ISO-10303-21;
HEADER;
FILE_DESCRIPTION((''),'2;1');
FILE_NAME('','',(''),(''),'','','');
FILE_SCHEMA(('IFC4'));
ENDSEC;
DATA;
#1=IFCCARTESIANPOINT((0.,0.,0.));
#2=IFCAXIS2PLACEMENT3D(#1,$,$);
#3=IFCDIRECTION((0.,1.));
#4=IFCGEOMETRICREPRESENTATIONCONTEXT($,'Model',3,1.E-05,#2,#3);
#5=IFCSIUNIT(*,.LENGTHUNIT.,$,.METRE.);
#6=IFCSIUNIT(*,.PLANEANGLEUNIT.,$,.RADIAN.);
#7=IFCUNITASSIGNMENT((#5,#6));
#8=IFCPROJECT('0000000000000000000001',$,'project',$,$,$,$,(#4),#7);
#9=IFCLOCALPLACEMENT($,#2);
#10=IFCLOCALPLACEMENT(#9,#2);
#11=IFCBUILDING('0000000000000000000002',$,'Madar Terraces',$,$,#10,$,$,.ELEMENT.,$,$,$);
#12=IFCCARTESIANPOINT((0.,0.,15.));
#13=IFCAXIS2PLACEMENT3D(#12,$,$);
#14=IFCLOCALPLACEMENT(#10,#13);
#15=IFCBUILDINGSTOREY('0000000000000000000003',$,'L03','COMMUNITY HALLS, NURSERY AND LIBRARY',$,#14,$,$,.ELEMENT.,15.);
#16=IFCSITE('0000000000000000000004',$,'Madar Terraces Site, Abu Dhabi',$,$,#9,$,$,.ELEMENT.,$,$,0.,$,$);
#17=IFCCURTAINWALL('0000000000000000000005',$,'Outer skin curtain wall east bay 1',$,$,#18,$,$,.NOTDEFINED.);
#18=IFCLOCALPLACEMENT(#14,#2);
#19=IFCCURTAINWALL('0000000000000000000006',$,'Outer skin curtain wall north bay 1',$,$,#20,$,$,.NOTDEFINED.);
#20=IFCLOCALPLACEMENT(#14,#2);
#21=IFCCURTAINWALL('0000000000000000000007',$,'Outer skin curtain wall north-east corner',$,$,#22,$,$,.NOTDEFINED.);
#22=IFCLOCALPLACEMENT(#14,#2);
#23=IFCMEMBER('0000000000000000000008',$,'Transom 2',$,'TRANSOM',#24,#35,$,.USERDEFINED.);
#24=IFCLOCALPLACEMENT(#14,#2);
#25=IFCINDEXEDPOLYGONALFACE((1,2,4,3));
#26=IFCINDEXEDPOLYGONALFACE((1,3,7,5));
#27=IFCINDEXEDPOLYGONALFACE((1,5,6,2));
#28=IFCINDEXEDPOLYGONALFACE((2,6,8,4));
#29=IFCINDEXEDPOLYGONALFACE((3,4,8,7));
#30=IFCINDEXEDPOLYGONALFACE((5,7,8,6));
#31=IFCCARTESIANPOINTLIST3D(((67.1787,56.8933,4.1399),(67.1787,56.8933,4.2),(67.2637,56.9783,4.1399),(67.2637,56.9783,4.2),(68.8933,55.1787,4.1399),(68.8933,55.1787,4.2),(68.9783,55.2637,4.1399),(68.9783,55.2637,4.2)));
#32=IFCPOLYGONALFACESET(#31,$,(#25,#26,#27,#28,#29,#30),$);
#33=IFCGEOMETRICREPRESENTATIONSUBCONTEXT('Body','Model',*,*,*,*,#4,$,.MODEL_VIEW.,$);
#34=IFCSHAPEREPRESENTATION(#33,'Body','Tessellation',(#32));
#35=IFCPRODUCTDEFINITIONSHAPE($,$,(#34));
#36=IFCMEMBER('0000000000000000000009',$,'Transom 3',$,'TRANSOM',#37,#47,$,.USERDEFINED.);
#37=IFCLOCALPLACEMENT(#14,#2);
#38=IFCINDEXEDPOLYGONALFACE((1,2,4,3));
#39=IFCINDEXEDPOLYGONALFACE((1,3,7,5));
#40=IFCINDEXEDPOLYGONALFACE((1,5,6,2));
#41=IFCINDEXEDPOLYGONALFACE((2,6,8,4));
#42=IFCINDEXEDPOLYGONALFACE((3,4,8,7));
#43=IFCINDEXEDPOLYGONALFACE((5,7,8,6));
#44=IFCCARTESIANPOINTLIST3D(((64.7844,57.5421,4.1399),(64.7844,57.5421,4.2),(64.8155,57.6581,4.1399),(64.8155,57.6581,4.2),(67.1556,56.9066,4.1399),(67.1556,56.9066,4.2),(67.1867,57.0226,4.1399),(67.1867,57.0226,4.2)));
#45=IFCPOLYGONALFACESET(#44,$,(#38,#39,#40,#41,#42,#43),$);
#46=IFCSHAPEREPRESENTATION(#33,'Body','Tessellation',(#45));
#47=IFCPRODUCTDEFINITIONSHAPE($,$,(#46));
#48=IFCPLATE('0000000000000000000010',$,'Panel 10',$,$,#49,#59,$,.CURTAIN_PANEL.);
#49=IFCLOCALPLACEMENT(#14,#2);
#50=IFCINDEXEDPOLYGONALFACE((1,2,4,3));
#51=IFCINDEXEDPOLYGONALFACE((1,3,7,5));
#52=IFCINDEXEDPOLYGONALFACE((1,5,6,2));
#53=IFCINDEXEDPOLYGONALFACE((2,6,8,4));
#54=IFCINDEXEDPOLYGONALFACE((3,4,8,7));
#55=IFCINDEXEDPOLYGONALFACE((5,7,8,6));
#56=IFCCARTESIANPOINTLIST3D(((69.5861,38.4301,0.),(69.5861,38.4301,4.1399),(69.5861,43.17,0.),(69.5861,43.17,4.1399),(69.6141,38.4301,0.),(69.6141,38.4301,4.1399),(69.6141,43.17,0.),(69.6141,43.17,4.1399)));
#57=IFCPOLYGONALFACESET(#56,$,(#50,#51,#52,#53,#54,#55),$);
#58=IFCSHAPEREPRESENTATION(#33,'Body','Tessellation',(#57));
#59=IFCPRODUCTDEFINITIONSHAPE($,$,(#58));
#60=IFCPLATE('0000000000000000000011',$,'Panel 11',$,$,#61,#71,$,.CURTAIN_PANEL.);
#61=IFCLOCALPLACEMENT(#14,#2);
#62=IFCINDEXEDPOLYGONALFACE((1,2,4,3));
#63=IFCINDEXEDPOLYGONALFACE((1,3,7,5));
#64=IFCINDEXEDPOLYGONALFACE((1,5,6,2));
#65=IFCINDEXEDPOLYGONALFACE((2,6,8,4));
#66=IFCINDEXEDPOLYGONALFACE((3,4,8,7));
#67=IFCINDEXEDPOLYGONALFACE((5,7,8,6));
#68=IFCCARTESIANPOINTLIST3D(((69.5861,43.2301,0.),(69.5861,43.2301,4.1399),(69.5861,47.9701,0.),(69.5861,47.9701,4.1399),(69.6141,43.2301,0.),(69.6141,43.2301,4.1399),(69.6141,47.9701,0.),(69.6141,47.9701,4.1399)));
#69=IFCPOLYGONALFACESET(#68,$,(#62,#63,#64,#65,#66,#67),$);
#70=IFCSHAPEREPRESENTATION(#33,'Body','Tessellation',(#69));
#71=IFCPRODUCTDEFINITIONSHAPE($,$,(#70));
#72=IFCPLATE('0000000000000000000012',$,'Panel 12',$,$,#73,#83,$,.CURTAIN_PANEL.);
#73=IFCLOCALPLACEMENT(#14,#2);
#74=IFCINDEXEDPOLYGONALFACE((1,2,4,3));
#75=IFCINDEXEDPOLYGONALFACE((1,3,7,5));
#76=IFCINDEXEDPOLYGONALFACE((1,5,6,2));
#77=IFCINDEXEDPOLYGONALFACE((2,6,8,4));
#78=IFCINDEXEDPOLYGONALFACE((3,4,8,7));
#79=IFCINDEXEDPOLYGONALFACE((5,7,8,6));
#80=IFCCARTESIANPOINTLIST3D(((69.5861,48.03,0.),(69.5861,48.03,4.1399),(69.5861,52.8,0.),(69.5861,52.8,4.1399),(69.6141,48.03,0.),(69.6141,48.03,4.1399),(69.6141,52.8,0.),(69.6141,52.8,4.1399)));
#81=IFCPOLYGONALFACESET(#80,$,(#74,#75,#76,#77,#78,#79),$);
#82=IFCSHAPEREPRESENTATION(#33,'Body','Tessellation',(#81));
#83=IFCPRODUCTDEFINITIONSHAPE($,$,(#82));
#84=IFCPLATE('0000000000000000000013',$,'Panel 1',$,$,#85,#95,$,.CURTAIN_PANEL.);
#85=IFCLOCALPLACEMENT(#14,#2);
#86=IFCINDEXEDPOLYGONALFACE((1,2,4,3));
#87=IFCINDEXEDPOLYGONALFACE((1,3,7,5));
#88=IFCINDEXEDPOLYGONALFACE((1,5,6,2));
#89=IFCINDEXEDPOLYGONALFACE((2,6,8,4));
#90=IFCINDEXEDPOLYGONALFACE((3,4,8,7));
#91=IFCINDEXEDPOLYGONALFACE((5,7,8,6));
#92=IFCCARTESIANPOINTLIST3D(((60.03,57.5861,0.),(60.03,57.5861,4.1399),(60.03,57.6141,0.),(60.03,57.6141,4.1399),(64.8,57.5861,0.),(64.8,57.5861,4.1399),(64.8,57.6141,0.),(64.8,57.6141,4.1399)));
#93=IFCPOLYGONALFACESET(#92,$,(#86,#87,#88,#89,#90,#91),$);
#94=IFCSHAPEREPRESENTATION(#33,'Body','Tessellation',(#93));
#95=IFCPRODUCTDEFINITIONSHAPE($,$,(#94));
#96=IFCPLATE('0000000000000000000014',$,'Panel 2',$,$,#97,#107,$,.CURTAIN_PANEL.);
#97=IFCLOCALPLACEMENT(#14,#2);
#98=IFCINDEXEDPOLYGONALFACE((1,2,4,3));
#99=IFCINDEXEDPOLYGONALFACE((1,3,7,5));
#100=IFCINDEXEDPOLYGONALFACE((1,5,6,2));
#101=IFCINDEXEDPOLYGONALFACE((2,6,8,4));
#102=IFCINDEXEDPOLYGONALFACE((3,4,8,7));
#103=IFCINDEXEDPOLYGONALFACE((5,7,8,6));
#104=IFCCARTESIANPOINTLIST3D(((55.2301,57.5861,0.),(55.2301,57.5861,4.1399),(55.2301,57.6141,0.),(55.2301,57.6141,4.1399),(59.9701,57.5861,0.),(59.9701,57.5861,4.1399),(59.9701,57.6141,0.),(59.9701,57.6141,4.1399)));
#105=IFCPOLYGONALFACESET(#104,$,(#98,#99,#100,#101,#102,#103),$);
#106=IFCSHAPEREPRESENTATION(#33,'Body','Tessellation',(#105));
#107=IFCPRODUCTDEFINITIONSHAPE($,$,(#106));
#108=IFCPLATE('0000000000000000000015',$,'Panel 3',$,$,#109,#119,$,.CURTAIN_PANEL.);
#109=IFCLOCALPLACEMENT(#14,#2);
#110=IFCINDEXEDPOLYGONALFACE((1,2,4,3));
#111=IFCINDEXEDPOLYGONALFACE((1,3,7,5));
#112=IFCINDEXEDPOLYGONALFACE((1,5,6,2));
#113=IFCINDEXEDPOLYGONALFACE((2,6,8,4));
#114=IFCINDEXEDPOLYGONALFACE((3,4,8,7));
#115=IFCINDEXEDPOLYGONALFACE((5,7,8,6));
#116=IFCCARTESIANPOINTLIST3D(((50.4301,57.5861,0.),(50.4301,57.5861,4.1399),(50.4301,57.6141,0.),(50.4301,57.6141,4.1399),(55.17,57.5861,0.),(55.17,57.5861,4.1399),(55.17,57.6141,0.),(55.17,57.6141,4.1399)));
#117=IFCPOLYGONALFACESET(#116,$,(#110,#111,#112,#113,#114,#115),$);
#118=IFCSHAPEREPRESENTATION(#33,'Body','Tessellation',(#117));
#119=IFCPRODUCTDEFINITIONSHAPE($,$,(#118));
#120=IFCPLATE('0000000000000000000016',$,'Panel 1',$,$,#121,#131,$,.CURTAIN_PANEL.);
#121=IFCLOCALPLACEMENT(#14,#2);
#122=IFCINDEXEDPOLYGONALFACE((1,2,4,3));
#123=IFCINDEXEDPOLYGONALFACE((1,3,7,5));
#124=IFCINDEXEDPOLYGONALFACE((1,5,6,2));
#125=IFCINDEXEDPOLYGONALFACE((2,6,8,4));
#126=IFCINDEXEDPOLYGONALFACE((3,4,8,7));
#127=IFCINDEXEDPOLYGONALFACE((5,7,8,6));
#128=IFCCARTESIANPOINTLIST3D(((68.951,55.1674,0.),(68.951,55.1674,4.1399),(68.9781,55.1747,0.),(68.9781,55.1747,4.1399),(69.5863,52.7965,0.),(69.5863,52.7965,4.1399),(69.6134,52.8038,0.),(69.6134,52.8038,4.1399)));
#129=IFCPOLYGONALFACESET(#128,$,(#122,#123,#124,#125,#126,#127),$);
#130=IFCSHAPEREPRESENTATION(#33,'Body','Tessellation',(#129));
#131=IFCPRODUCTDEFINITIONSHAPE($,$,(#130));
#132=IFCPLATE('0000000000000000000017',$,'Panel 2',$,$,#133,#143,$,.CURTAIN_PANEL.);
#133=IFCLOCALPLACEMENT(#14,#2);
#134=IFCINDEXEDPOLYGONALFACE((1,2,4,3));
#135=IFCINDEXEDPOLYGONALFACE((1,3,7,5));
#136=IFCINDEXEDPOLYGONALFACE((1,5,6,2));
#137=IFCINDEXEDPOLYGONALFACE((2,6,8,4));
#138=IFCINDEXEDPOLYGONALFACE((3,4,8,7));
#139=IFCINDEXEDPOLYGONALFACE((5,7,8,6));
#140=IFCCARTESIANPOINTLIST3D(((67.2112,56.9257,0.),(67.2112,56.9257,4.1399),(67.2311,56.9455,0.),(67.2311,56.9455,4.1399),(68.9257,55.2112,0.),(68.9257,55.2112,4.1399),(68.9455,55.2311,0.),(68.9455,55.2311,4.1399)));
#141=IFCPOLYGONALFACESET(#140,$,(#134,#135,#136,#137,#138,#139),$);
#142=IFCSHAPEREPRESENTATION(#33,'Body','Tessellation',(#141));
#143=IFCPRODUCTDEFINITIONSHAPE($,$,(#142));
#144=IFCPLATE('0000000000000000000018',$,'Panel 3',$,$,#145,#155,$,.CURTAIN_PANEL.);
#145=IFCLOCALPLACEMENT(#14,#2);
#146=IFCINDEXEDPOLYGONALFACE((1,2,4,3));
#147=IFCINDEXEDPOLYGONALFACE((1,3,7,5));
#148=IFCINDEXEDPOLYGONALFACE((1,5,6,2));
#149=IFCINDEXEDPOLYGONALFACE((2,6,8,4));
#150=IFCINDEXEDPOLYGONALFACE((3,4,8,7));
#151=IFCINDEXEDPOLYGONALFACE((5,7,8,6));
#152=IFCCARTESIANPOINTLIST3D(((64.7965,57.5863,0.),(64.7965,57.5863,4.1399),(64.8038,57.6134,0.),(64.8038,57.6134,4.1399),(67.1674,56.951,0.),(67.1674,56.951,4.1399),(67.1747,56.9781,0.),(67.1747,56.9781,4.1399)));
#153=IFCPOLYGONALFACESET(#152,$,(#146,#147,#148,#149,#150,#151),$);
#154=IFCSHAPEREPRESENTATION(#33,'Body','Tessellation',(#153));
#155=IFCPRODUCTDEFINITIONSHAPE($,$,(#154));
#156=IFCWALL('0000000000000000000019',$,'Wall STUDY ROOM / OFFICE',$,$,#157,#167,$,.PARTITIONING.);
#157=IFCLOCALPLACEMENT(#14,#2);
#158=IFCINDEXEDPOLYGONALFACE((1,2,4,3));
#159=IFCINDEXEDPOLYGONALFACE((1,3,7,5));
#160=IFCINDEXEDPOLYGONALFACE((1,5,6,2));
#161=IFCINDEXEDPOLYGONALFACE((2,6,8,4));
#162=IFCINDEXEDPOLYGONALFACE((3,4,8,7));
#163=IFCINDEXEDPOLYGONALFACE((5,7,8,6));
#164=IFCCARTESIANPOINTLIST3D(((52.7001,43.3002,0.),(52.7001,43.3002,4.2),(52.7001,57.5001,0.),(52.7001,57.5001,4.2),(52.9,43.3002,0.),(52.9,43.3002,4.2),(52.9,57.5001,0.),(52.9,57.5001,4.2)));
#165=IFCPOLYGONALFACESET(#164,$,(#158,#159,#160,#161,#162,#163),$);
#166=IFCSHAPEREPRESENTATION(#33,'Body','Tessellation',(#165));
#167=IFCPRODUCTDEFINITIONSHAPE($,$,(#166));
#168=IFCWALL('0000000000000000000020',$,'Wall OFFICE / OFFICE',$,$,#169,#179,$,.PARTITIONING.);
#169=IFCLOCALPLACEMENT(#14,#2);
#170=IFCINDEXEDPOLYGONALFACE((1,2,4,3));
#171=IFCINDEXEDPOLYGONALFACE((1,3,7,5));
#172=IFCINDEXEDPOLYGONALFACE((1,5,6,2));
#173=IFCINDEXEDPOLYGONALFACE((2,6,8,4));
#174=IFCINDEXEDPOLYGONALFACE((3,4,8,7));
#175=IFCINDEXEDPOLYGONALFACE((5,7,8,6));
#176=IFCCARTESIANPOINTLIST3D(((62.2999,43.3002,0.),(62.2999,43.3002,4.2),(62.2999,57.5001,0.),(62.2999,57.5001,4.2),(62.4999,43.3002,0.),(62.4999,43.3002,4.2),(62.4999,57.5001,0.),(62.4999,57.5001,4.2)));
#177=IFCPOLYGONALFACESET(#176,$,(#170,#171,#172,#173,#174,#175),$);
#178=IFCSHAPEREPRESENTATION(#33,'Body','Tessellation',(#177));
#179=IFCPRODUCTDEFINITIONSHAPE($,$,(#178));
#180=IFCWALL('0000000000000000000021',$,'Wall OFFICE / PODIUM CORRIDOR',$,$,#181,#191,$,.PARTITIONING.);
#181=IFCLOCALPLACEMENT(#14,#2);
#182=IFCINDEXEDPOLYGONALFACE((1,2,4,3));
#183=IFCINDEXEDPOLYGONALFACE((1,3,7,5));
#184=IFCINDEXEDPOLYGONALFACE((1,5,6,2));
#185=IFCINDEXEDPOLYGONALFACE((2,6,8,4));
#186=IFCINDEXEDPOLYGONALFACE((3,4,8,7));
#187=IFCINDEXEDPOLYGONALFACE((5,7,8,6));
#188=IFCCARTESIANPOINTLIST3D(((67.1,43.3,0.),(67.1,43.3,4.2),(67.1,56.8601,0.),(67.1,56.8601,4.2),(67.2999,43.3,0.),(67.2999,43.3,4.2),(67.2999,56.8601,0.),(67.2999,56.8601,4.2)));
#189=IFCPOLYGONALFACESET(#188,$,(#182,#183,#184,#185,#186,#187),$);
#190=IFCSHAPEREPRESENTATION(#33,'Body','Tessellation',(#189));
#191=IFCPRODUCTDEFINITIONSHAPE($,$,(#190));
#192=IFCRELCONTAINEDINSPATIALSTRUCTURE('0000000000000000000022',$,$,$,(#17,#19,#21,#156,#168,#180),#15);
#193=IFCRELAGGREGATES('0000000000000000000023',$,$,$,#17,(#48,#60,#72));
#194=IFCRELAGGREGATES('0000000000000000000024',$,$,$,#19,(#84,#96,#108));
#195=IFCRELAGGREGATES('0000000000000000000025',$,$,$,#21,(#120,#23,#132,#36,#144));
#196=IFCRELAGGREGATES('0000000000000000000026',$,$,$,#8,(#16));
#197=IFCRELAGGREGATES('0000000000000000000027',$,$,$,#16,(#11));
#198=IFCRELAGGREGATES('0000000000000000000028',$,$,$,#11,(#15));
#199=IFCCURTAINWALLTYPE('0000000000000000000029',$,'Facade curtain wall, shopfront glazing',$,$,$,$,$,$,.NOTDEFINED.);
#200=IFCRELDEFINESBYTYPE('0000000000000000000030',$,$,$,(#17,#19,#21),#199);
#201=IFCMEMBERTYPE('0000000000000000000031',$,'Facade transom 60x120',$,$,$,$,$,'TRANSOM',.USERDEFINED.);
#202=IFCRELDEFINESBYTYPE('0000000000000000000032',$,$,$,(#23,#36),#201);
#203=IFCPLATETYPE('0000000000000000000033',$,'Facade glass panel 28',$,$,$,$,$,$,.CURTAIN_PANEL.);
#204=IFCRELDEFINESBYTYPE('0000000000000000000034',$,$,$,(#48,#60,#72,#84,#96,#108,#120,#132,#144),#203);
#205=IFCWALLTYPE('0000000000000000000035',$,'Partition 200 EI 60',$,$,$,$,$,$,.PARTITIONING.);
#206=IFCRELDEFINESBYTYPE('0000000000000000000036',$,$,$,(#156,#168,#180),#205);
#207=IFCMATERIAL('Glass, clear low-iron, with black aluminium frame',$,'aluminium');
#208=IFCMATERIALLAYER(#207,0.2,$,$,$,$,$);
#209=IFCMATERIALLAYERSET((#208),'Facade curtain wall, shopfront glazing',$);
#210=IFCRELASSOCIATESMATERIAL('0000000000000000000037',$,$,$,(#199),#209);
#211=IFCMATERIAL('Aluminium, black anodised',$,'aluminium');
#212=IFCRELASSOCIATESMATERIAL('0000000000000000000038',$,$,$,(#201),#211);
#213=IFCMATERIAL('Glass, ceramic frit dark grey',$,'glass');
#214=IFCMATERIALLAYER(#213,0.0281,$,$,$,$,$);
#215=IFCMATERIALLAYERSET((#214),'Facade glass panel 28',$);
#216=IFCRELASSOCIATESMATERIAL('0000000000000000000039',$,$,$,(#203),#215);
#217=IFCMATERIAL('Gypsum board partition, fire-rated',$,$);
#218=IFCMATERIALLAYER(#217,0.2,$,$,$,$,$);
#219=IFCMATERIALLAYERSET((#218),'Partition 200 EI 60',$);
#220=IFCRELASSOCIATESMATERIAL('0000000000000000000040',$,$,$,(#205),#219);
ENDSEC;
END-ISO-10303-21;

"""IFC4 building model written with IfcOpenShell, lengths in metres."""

from ifc_helpers import new_model, si_unit, direction, frame, frame_2d, origin, origin_2d, place, context, subcontext, project, spatial, rectangle, extrude, material, layer, layer_set, material_profile, profile_set, type_object, element, aggregate, save


model = new_model("IFC4")

# Units and contexts
model_context = context("Model", 3, precision=1e-05, world=origin(), true_north=direction((0.0, 1.0)))
body_context = subcontext(model_context, "Body", "Model", "MODEL_VIEW")
ifc_project = project(units=[si_unit("LENGTHUNIT", "METRE"), si_unit("PLANEANGLEUNIT", "RADIAN")], contexts=[model_context])

# Site, building, storey
site_placement = place(None, origin())
site = spatial("IfcSite", under=ifc_project, at=site_placement, Name="Madar Terraces Site, Abu Dhabi", CompositionType="ELEMENT", RefElevation=0.0)
building_placement = place(site_placement, origin())
building = spatial("IfcBuilding", under=site, at=building_placement, Name="Madar Terraces", CompositionType="ELEMENT")
storey_placement = place(building_placement, frame((0.0, 0.0, 15.0)))
storey = spatial("IfcBuildingStorey", under=building, at=storey_placement, Name="L03", Description="COMMUNITY HALLS, NURSERY AND LIBRARY", CompositionType="ELEMENT", Elevation=15.0)

# Curtain walls
ifc_material_1 = material(Name="Glass, clear low-iron, with black aluminium frame", Category="aluminium")
ifc_layer_1 = layer(ifc_material_1, 0.2)
ifc_layer_set_1 = layer_set([ifc_layer_1], Name="Facade curtain wall, shopfront glazing")
curtain_wall_type = type_object("IfcCurtainWallType", Name="Facade curtain wall, shopfront glazing", PredefinedType="NOTDEFINED", material=ifc_layer_set_1)
curtain_wall_1_placement = place(storey_placement, origin())
curtain_wall_1 = element("IfcCurtainWall", 1, at=curtain_wall_1_placement, inside=storey, type_object=curtain_wall_type, Name="Outer skin curtain wall east bay 1", PredefinedType="NOTDEFINED")
curtain_wall_2_placement = place(storey_placement, origin())
curtain_wall_2 = element("IfcCurtainWall", 2, at=curtain_wall_2_placement, inside=storey, type_object=curtain_wall_type, Name="Outer skin curtain wall north bay 1", PredefinedType="NOTDEFINED")
curtain_wall_3_placement = place(storey_placement, origin())
curtain_wall_3 = element("IfcCurtainWall", 3, at=curtain_wall_3_placement, inside=storey, type_object=curtain_wall_type, Name="Outer skin curtain wall north-east corner", PredefinedType="NOTDEFINED")

# Members
ifc_material_2 = material(Name="Aluminium, black anodised", Category="aluminium")
ifc_material_profile_1 = material_profile(ifc_material_2, rectangle(XDim=0.1201, YDim=0.0601, at=origin_2d()), Name="Facade transom 60x120")
ifc_profile_set_1 = profile_set([ifc_material_profile_1], Name="Aluminium, black anodised")
member_type_1 = type_object("IfcMemberType", Name="Facade transom 60x120", ElementType="TRANSOM", PredefinedType="USERDEFINED", material=ifc_profile_set_1)
member_1_placement = place(storey_placement, frame((68.9358, 55.2212, 4.1699), z_axis=(-0.707107, 0.707107, 0.0), x_axis=(-0.707107, -0.707107, 0.0)))
member_1 = element("IfcMember", 4, at=member_1_placement, type_object=member_type_1, Name="Transom 2", ObjectType="TRANSOM", PredefinedType="USERDEFINED", context=body_context, shape_type="SweptSolid", body=[
    extrude(rectangle(XDim=0.1201, YDim=0.0601, at=origin_2d()), origin(), (0.0, 0.0, 1.0), 2.4248),
])
member_2_placement = place(storey_placement, frame((67.1711, 56.9646, 4.1699), z_axis=(-0.965909, 0.258882, 0.0), x_axis=(-0.258882, -0.965909, 0.0)))
member_2 = element("IfcMember", 5, at=member_2_placement, type_object=member_type_1, Name="Transom 3", ObjectType="TRANSOM", PredefinedType="USERDEFINED", context=body_context, shape_type="SweptSolid", body=[
    extrude(rectangle(XDim=0.1201, YDim=0.0601, at=origin_2d()), origin(), (0.0, 0.0, 1.0), 2.4548),
])

# Plates
ifc_material_3 = material(Name="Glass, ceramic frit dark grey", Category="glass")
ifc_layer_2 = layer(ifc_material_3, 0.0281)
ifc_layer_set_2 = layer_set([ifc_layer_2], Name="Facade glass panel 28")
plate_type = type_object("IfcPlateType", Name="Facade glass panel 28", PredefinedType="CURTAIN_PANEL", material=ifc_layer_set_2)
plate_1_placement = place(storey_placement, frame((69.6001, 40.8, 0.0), z_axis=(0.0, 0.0, 1.0), x_axis=(0.0, 1.0, 0.0)))
plate_1 = element("IfcPlate", 6, at=plate_1_placement, type_object=plate_type, Name="Panel 10", PredefinedType="CURTAIN_PANEL", context=body_context, shape_type="SweptSolid", body=[
    extrude(rectangle(XDim=4.74, YDim=0.0281, at=origin_2d()), origin(), (0.0, 0.0, 1.0), 4.1399),
])
plate_2_placement = place(storey_placement, frame((69.6001, 45.6001, 0.0), z_axis=(0.0, 0.0, 1.0), x_axis=(0.0, 1.0, 0.0)))
plate_2 = element("IfcPlate", 7, at=plate_2_placement, type_object=plate_type, Name="Panel 11", PredefinedType="CURTAIN_PANEL", context=body_context, shape_type="SweptSolid", body=[
    extrude(rectangle(XDim=4.74, YDim=0.0281, at=origin_2d()), origin(), (0.0, 0.0, 1.0), 4.1399),
])
plate_3_placement = place(storey_placement, frame((69.6001, 50.415, 0.0), z_axis=(0.0, 0.0, 1.0), x_axis=(0.0, 1.0, 0.0)))
plate_3 = element("IfcPlate", 8, at=plate_3_placement, type_object=plate_type, Name="Panel 12", PredefinedType="CURTAIN_PANEL", context=body_context, shape_type="SweptSolid", body=[
    extrude(rectangle(XDim=4.77, YDim=0.0281, at=origin_2d()), origin(), (0.0, 0.0, 1.0), 4.1399),
])
aggregate(curtain_wall_1, [plate_1, plate_2, plate_3])
plate_4_placement = place(storey_placement, frame((62.415, 57.6001, 0.0), z_axis=(0.0, 0.0, 1.0), x_axis=(-1.0, 0.0, 0.0)))
plate_4 = element("IfcPlate", 9, at=plate_4_placement, type_object=plate_type, Name="Panel 1", PredefinedType="CURTAIN_PANEL", context=body_context, shape_type="SweptSolid", body=[
    extrude(rectangle(XDim=4.77, YDim=0.0281, at=origin_2d()), origin(), (0.0, 0.0, 1.0), 4.1399),
])
plate_5_placement = place(storey_placement, frame((57.6001, 57.6001, 0.0), z_axis=(0.0, 0.0, 1.0), x_axis=(-1.0, 0.0, 0.0)))
plate_5 = element("IfcPlate", 10, at=plate_5_placement, type_object=plate_type, Name="Panel 2", PredefinedType="CURTAIN_PANEL", context=body_context, shape_type="SweptSolid", body=[
    extrude(rectangle(XDim=4.74, YDim=0.0281, at=origin_2d()), origin(), (0.0, 0.0, 1.0), 4.1399),
])
plate_6_placement = place(storey_placement, frame((52.8, 57.6001, 0.0), z_axis=(0.0, 0.0, 1.0), x_axis=(-1.0, 0.0, 0.0)))
plate_6 = element("IfcPlate", 11, at=plate_6_placement, type_object=plate_type, Name="Panel 3", PredefinedType="CURTAIN_PANEL", context=body_context, shape_type="SweptSolid", body=[
    extrude(rectangle(XDim=4.74, YDim=0.0281, at=origin_2d()), origin(), (0.0, 0.0, 1.0), 4.1399),
])
aggregate(curtain_wall_2, [plate_4, plate_5, plate_6])
plate_7_placement = place(storey_placement, frame((69.2822, 53.9856, 0.0), z_axis=(0.0, 0.0, 1.0), x_axis=(-0.258819, 0.965926, 0.0)))
plate_7 = element("IfcPlate", 12, at=plate_7_placement, type_object=plate_type, Name="Panel 1", PredefinedType="CURTAIN_PANEL", context=body_context, shape_type="SweptSolid", body=[
    extrude(rectangle(XDim=2.4546, YDim=0.0281, at=origin_2d()), origin(), (0.0, 0.0, 1.0), 4.1399),
])
plate_8_placement = place(storey_placement, frame((68.0784, 56.0784, 0.0), z_axis=(0.0, 0.0, 1.0), x_axis=(-0.707107, 0.707107, 0.0)))
plate_8 = element("IfcPlate", 13, at=plate_8_placement, type_object=plate_type, Name="Panel 2", PredefinedType="CURTAIN_PANEL", context=body_context, shape_type="SweptSolid", body=[
    extrude(rectangle(XDim=2.4246, YDim=0.0281, at=origin_2d()), origin(), (0.0, 0.0, 1.0), 4.1399),
])
plate_9_placement = place(storey_placement, frame((65.9856, 57.2822, 0.0), z_axis=(0.0, 0.0, 1.0), x_axis=(-0.965926, 0.258819, 0.0)))
plate_9 = element("IfcPlate", 14, at=plate_9_placement, type_object=plate_type, Name="Panel 3", PredefinedType="CURTAIN_PANEL", context=body_context, shape_type="SweptSolid", body=[
    extrude(rectangle(XDim=2.4546, YDim=0.0281, at=origin_2d()), origin(), (0.0, 0.0, 1.0), 4.1399),
])
aggregate(curtain_wall_3, [plate_7, member_1, plate_8, member_2, plate_9])

# Walls
ifc_material_4 = material(Name="Gypsum board partition, fire-rated")
ifc_layer_3 = layer(ifc_material_4, 0.2)
ifc_layer_set_3 = layer_set([ifc_layer_3], Name="Partition 200 EI 60")
wall_type = type_object("IfcWallType", Name="Partition 200 EI 60", PredefinedType="PARTITIONING", material=ifc_layer_set_3)
for number, where, z_axis, x_axis, name in (
    (15, (52.8, 43.3, 0.0), (0.0, 0.0, 1.0), (0.0, 1.0, 0.0), "Wall STUDY ROOM / OFFICE"),
    (16, (62.3999, 43.3, 0.0), (0.0, 0.0, 1.0), (0.0, 1.0, 0.0), "Wall OFFICE / OFFICE"),
):
    element("IfcWall", number, at=place(storey_placement, frame(where, z_axis=z_axis, x_axis=x_axis)), inside=storey, type_object=wall_type, Name=name, PredefinedType="PARTITIONING", context=body_context, shape_type="SweptSolid", body=[
        extrude(rectangle(XDim=14.2, YDim=0.2, at=frame_2d((7.1001, 0.0))), origin(), (0.0, 0.0, 1.0), 4.2),
    ])
wall_placement = place(storey_placement, frame((67.2, 43.3, 0.0), z_axis=(0.0, 0.0, 1.0), x_axis=(0.0, 1.0, 0.0)))
element("IfcWall", 17, at=wall_placement, inside=storey, type_object=wall_type, Name="Wall OFFICE / PODIUM CORRIDOR", PredefinedType="PARTITIONING", context=body_context, shape_type="SweptSolid", body=[
    extrude(rectangle(XDim=13.5601, YDim=0.2, at=frame_2d((6.78, 0.0))), origin(), (0.0, 0.0, 1.0), 4.2),
])

save(model, "model.ifc")
